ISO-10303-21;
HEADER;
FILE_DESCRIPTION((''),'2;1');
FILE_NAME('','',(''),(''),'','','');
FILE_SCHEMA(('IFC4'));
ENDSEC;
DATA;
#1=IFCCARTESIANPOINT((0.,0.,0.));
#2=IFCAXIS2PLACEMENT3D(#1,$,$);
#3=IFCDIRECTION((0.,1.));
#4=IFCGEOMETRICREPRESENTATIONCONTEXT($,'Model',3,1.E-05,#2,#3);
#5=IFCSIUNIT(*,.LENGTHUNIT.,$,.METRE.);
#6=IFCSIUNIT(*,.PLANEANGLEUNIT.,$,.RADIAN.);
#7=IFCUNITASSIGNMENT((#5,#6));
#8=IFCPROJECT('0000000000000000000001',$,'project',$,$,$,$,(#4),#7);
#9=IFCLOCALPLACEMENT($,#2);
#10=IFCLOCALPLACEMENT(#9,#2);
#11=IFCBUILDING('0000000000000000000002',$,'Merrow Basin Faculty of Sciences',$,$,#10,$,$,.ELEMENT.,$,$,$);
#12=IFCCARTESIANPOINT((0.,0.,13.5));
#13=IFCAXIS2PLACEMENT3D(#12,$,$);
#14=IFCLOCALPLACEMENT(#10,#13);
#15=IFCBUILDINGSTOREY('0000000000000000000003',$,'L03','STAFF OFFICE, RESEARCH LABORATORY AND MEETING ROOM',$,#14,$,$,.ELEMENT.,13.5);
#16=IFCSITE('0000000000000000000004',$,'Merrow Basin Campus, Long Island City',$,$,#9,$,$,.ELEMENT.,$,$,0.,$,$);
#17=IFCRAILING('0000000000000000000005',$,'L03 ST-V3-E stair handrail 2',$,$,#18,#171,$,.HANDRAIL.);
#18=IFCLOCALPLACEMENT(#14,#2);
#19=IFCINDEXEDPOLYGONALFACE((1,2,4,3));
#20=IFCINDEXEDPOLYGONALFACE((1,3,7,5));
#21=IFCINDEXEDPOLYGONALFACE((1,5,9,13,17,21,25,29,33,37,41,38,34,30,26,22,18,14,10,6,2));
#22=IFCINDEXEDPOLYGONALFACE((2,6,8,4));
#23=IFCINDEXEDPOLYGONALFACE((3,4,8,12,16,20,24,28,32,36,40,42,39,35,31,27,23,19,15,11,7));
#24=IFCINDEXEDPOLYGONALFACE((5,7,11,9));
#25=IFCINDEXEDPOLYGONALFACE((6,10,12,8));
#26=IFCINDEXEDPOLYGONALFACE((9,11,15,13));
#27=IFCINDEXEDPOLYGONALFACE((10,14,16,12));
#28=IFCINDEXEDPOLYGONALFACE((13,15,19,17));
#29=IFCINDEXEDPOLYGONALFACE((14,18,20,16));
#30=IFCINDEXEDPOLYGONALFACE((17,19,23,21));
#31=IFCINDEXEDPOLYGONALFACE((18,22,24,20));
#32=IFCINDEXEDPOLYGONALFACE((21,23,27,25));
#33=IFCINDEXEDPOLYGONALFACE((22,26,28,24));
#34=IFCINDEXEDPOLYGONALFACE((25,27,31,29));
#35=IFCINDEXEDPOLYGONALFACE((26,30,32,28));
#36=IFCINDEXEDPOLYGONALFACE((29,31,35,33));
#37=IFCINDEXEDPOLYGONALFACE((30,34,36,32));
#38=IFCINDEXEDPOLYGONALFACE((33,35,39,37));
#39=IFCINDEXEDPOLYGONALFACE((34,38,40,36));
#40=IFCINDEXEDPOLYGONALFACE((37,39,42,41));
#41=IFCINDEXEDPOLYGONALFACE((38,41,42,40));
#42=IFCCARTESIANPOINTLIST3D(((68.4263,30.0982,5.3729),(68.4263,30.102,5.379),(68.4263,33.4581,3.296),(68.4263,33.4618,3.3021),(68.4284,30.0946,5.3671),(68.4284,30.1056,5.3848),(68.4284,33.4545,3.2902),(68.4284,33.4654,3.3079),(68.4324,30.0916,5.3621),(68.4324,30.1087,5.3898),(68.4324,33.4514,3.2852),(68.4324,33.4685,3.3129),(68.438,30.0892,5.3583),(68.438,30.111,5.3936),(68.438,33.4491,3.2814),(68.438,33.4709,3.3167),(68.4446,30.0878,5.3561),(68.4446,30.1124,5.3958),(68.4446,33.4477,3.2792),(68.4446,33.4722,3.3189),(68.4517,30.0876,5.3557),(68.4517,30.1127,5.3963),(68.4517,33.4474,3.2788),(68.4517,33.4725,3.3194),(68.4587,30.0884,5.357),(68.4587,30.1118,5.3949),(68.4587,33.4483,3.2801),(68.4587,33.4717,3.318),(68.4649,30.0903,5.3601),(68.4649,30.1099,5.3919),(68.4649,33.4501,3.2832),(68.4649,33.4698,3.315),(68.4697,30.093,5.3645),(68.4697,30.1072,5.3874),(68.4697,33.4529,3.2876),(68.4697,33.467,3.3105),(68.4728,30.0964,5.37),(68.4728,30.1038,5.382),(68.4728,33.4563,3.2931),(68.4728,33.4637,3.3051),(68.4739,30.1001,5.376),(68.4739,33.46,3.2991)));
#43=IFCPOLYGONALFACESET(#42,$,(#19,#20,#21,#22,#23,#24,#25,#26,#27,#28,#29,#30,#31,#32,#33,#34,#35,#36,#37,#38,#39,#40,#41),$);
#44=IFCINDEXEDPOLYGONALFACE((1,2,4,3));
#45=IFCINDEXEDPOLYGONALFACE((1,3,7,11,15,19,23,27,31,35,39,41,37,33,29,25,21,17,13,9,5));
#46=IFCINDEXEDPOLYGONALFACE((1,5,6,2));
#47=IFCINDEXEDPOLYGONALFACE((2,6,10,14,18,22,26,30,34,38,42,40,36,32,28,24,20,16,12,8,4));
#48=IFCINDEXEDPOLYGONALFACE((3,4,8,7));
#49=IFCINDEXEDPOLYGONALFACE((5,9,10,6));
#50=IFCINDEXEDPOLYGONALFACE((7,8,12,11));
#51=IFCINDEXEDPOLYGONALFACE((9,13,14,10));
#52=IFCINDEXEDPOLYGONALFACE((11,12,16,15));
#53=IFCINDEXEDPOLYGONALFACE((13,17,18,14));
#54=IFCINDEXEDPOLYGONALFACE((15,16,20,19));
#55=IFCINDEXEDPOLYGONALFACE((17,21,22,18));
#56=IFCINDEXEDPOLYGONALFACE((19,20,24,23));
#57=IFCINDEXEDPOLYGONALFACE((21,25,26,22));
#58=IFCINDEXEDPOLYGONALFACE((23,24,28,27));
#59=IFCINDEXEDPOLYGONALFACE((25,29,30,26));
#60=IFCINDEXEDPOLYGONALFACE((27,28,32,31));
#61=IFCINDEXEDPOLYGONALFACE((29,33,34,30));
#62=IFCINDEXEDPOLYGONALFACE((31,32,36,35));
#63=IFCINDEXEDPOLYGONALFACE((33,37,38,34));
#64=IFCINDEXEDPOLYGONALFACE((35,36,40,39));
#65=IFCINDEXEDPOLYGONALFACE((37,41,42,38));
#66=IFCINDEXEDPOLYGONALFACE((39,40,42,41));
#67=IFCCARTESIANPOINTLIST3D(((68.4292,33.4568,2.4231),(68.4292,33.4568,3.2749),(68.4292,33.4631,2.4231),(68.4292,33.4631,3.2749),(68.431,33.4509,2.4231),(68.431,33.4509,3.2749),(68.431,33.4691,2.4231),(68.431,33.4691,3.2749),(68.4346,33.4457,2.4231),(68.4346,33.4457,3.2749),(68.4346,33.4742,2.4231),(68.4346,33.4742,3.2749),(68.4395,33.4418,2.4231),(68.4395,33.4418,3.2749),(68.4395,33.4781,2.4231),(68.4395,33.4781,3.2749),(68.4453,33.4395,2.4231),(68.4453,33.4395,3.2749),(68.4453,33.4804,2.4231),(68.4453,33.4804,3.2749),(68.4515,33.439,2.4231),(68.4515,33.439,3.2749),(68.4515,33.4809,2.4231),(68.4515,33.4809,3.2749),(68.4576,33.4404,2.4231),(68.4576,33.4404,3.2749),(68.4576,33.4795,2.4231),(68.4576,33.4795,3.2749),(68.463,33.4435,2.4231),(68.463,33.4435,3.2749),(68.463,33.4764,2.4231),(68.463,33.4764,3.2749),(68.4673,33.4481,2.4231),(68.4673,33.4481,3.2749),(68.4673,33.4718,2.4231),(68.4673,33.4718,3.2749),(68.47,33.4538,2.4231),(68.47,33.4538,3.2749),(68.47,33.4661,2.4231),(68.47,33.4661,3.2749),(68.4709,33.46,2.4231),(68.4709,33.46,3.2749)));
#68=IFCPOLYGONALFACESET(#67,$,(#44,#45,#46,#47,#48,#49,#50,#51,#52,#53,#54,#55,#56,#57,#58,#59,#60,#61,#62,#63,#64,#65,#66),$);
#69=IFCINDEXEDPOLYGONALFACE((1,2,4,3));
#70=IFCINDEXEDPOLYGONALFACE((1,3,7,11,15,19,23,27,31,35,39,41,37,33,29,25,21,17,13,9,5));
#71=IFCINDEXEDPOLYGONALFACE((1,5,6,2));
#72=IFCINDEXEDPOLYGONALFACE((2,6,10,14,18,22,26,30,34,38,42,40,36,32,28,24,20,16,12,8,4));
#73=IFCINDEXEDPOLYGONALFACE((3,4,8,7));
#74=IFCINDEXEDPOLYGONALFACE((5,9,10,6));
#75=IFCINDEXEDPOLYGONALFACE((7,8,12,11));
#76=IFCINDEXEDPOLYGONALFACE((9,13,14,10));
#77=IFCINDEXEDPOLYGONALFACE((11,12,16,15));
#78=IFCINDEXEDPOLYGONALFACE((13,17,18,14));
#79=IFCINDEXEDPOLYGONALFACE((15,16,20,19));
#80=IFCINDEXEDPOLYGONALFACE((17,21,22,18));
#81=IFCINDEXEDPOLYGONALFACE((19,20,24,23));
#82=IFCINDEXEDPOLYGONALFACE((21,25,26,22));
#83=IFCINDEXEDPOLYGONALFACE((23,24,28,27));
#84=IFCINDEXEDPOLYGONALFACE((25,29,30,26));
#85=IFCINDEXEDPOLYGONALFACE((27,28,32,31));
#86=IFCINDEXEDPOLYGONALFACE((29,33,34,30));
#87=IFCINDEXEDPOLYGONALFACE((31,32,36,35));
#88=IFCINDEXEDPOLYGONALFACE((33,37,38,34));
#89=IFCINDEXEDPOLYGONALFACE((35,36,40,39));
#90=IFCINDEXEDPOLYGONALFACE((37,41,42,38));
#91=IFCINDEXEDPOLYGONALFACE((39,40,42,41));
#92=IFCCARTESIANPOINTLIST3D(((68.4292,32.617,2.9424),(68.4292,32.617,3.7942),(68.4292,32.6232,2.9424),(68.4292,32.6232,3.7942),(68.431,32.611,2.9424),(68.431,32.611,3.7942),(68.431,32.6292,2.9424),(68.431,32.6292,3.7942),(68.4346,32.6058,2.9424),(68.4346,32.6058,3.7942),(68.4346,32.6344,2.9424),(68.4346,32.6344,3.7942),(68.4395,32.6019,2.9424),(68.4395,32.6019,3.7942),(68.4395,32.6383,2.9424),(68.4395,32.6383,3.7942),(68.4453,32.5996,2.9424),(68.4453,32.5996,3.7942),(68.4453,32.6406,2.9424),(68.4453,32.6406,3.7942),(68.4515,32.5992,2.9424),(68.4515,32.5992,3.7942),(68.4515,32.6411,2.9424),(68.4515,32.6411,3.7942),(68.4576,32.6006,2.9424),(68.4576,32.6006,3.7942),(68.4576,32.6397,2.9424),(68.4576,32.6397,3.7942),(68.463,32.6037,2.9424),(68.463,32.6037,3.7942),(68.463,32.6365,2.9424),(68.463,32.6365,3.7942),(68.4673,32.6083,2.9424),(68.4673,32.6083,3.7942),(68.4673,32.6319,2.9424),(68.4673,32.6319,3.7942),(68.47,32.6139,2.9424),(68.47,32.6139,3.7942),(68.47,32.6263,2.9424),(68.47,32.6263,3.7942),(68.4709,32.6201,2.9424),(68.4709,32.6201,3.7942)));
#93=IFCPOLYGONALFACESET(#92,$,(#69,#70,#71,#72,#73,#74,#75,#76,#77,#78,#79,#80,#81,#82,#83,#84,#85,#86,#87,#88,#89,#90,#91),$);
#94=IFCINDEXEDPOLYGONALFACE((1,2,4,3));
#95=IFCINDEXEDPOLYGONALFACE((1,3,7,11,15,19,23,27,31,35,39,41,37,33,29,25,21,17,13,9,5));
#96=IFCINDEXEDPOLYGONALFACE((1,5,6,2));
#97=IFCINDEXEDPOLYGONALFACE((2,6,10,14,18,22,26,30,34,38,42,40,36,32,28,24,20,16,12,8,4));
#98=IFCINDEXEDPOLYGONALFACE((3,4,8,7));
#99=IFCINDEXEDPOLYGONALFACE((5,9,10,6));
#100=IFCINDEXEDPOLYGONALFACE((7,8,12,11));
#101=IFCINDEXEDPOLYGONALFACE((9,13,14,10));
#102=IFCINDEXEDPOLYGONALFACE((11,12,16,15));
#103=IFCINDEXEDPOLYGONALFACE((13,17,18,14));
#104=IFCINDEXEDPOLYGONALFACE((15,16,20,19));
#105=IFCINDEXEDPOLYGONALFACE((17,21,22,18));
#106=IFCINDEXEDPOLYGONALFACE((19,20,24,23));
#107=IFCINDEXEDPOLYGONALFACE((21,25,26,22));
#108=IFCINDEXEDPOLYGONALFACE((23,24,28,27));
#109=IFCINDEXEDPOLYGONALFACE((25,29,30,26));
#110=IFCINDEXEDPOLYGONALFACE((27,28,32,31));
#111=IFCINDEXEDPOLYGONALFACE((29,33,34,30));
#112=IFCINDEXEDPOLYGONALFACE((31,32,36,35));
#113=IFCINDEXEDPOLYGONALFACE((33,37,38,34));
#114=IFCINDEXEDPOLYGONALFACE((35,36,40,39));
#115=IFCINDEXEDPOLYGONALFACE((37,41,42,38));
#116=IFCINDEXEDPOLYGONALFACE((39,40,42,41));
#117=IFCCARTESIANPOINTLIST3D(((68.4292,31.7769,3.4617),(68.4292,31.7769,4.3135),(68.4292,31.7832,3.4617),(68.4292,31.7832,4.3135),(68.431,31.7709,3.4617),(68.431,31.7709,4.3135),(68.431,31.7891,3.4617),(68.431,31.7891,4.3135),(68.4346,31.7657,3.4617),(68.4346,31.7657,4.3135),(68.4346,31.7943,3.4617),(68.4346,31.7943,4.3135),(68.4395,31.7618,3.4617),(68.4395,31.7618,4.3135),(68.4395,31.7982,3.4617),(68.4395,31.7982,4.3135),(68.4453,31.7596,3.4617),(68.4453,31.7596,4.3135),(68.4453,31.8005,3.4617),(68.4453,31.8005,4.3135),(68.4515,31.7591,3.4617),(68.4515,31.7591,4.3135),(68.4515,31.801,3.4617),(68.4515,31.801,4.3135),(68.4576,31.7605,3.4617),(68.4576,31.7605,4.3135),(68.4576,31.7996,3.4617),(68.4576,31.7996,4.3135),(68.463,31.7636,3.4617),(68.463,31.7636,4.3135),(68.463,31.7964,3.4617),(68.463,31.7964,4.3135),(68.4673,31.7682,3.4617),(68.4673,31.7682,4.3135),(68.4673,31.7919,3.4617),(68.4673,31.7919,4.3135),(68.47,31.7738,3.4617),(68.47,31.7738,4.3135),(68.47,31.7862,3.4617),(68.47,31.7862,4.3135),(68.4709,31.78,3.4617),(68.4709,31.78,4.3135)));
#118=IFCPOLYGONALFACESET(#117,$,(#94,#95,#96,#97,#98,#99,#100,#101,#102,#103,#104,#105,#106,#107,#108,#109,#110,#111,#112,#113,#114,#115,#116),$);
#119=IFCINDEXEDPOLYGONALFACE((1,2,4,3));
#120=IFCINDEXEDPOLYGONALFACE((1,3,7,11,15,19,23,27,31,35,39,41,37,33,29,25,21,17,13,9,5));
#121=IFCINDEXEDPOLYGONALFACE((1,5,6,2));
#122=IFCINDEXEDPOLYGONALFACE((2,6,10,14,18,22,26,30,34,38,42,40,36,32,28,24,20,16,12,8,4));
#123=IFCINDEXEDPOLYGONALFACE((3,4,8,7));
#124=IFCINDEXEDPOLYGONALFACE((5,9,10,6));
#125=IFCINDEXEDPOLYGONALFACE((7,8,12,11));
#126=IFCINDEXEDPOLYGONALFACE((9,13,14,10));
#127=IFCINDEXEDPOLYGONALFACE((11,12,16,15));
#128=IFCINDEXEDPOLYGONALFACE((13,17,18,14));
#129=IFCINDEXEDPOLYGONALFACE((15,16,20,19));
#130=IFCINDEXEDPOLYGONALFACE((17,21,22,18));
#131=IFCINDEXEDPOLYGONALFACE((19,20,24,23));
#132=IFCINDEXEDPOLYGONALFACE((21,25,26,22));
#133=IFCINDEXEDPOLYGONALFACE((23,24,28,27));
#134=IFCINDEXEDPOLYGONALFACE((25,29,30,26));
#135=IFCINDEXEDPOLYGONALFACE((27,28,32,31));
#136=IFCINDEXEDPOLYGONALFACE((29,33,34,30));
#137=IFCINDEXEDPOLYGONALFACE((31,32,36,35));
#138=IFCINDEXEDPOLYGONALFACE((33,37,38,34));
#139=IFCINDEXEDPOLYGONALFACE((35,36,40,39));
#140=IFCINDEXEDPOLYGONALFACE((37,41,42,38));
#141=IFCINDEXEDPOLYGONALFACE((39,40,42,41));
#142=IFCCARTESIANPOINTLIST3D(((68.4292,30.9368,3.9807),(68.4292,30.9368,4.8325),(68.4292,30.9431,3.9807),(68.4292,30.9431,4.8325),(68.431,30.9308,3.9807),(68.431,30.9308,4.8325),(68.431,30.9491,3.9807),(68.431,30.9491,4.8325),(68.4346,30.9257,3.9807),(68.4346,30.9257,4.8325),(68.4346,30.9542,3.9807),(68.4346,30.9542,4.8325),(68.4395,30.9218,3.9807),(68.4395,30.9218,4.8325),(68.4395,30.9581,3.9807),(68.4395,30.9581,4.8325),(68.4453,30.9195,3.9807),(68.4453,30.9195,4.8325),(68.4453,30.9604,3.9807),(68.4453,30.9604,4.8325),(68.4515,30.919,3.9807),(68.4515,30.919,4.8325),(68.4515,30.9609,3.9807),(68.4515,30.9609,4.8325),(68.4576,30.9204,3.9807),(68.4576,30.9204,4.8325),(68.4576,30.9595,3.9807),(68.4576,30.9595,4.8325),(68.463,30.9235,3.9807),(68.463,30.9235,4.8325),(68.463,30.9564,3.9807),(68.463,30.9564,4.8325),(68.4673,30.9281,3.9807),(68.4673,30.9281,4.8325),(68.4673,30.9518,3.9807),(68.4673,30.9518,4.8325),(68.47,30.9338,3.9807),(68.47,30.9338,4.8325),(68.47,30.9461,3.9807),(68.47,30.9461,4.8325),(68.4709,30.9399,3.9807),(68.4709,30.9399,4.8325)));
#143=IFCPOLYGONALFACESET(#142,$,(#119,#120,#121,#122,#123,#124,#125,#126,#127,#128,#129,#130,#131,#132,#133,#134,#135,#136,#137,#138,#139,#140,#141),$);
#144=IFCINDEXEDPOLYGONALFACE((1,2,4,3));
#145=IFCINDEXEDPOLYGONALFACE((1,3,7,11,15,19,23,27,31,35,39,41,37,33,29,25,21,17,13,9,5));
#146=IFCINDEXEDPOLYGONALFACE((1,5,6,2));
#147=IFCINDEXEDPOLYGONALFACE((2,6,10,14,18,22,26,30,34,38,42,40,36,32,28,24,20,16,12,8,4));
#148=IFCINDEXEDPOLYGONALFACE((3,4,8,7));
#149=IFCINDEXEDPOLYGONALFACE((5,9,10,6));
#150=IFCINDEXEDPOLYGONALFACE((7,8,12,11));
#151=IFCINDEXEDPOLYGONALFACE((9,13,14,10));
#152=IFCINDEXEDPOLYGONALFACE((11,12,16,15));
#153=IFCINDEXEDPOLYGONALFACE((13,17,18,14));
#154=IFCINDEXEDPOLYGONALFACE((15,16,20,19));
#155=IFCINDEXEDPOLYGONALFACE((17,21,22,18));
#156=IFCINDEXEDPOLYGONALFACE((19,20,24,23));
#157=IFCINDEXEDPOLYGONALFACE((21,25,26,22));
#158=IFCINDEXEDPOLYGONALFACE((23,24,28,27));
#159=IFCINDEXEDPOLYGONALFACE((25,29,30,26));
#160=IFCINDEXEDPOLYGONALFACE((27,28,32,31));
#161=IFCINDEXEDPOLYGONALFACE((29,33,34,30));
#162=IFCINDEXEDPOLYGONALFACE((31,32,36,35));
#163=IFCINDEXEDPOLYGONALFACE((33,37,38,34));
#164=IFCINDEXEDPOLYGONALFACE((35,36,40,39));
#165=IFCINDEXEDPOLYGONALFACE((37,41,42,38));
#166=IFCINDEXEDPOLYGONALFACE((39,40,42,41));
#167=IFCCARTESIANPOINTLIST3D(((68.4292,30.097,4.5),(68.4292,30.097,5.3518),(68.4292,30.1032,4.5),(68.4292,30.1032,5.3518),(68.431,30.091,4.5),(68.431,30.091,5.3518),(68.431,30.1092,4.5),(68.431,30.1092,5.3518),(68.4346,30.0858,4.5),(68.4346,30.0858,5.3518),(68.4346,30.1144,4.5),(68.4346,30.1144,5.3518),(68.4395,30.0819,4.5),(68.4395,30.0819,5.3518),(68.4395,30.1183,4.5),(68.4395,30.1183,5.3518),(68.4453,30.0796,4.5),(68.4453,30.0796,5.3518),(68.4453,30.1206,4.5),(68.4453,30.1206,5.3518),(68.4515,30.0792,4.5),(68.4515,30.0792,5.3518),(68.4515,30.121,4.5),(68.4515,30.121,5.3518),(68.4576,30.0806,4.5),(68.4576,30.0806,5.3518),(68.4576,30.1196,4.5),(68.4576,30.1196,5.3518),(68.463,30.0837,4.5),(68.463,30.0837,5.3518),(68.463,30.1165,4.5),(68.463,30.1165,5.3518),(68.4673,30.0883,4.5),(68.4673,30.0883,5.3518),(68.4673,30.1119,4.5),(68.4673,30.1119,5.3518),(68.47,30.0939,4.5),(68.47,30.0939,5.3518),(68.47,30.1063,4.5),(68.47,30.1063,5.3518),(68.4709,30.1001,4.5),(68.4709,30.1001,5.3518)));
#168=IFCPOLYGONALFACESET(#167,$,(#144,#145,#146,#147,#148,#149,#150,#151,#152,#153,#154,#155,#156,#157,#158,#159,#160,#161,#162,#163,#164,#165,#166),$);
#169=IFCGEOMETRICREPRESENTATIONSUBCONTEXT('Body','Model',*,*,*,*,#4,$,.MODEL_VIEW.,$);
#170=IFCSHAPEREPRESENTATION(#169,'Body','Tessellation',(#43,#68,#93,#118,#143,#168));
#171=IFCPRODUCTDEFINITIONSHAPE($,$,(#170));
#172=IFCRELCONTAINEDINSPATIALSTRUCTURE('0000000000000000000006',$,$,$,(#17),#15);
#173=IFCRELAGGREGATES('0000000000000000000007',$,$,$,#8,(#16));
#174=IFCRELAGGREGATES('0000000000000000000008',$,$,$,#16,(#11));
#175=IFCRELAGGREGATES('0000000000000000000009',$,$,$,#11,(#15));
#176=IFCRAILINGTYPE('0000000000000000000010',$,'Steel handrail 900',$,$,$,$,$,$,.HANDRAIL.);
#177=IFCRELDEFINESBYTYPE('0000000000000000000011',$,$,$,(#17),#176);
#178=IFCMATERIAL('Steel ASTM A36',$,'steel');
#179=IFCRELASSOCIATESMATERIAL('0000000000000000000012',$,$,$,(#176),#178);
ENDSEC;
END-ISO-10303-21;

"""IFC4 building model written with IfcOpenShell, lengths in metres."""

from ifc_helpers import new_model, si_unit, direction, frame, origin, origin_2d, place, context, subcontext, project, spatial, circle, extrude, material, type_object, element, save


model = new_model("IFC4")

# Units and contexts
model_context = context("Model", 3, precision=1e-05, world=origin(), true_north=direction((0.0, 1.0)))
body_context = subcontext(model_context, "Body", "Model", "MODEL_VIEW")
ifc_project = project(units=[si_unit("LENGTHUNIT", "METRE"), si_unit("PLANEANGLEUNIT", "RADIAN")], contexts=[model_context])

# Site, building, storey
site_placement = place(None, origin())
site = spatial("IfcSite", under=ifc_project, at=site_placement, Name="Merrow Basin Campus, Long Island City", CompositionType="ELEMENT", RefElevation=0.0)
building_placement = place(site_placement, origin())
building = spatial("IfcBuilding", under=site, at=building_placement, Name="Merrow Basin Faculty of Sciences", CompositionType="ELEMENT")
storey_placement = place(building_placement, frame((0.0, 0.0, 13.5)))
storey = spatial("IfcBuildingStorey", under=building, at=storey_placement, Name="L03", Description="STAFF OFFICE, RESEARCH LABORATORY AND MEETING ROOM", CompositionType="ELEMENT", Elevation=13.5)

# Railing
ifc_material_1 = material(Name="Steel ASTM A36", Category="steel")
railing_type_1 = type_object("IfcRailingType", Name="Steel handrail 900", PredefinedType="HANDRAIL", material=ifc_material_1)
railing_1_placement = place(storey_placement, frame((68.45, 33.46, 2.4231)))
element("IfcRailing", 1, at=railing_1_placement, inside=storey, type_object=railing_type_1, Name="L03 ST-V3-E stair handrail 2", PredefinedType="HANDRAIL", context=body_context, shape_type="SweptSolid", body=[
    extrude(circle(Radius=0.0239, at=origin_2d()), frame((0.0, 0.0, 0.876), z_axis=(0.0, -0.850606, 0.525803), x_axis=(1.0, 0.0, 0.0)), (0.0, 0.0, 1.0), 3.95),
    extrude(circle(Radius=0.021, at=origin_2d()), origin(), (0.0, 0.0, 1.0), 0.8518),
    extrude(circle(Radius=0.021, at=origin_2d()), frame((0.0, -0.8398, 0.5193)), (0.0, 0.0, 1.0), 0.8518),
    extrude(circle(Radius=0.021, at=origin_2d()), frame((0.0, -1.6799, 1.0386)), (0.0, 0.0, 1.0), 0.8518),
    extrude(circle(Radius=0.021, at=origin_2d()), frame((0.0, -2.52, 1.5576)), (0.0, 0.0, 1.0), 0.8518),
    extrude(circle(Radius=0.021, at=origin_2d()), frame((0.0, -3.3599, 2.0769)), (0.0, 0.0, 1.0), 0.8518),
])

save(model, "model.ifc")
